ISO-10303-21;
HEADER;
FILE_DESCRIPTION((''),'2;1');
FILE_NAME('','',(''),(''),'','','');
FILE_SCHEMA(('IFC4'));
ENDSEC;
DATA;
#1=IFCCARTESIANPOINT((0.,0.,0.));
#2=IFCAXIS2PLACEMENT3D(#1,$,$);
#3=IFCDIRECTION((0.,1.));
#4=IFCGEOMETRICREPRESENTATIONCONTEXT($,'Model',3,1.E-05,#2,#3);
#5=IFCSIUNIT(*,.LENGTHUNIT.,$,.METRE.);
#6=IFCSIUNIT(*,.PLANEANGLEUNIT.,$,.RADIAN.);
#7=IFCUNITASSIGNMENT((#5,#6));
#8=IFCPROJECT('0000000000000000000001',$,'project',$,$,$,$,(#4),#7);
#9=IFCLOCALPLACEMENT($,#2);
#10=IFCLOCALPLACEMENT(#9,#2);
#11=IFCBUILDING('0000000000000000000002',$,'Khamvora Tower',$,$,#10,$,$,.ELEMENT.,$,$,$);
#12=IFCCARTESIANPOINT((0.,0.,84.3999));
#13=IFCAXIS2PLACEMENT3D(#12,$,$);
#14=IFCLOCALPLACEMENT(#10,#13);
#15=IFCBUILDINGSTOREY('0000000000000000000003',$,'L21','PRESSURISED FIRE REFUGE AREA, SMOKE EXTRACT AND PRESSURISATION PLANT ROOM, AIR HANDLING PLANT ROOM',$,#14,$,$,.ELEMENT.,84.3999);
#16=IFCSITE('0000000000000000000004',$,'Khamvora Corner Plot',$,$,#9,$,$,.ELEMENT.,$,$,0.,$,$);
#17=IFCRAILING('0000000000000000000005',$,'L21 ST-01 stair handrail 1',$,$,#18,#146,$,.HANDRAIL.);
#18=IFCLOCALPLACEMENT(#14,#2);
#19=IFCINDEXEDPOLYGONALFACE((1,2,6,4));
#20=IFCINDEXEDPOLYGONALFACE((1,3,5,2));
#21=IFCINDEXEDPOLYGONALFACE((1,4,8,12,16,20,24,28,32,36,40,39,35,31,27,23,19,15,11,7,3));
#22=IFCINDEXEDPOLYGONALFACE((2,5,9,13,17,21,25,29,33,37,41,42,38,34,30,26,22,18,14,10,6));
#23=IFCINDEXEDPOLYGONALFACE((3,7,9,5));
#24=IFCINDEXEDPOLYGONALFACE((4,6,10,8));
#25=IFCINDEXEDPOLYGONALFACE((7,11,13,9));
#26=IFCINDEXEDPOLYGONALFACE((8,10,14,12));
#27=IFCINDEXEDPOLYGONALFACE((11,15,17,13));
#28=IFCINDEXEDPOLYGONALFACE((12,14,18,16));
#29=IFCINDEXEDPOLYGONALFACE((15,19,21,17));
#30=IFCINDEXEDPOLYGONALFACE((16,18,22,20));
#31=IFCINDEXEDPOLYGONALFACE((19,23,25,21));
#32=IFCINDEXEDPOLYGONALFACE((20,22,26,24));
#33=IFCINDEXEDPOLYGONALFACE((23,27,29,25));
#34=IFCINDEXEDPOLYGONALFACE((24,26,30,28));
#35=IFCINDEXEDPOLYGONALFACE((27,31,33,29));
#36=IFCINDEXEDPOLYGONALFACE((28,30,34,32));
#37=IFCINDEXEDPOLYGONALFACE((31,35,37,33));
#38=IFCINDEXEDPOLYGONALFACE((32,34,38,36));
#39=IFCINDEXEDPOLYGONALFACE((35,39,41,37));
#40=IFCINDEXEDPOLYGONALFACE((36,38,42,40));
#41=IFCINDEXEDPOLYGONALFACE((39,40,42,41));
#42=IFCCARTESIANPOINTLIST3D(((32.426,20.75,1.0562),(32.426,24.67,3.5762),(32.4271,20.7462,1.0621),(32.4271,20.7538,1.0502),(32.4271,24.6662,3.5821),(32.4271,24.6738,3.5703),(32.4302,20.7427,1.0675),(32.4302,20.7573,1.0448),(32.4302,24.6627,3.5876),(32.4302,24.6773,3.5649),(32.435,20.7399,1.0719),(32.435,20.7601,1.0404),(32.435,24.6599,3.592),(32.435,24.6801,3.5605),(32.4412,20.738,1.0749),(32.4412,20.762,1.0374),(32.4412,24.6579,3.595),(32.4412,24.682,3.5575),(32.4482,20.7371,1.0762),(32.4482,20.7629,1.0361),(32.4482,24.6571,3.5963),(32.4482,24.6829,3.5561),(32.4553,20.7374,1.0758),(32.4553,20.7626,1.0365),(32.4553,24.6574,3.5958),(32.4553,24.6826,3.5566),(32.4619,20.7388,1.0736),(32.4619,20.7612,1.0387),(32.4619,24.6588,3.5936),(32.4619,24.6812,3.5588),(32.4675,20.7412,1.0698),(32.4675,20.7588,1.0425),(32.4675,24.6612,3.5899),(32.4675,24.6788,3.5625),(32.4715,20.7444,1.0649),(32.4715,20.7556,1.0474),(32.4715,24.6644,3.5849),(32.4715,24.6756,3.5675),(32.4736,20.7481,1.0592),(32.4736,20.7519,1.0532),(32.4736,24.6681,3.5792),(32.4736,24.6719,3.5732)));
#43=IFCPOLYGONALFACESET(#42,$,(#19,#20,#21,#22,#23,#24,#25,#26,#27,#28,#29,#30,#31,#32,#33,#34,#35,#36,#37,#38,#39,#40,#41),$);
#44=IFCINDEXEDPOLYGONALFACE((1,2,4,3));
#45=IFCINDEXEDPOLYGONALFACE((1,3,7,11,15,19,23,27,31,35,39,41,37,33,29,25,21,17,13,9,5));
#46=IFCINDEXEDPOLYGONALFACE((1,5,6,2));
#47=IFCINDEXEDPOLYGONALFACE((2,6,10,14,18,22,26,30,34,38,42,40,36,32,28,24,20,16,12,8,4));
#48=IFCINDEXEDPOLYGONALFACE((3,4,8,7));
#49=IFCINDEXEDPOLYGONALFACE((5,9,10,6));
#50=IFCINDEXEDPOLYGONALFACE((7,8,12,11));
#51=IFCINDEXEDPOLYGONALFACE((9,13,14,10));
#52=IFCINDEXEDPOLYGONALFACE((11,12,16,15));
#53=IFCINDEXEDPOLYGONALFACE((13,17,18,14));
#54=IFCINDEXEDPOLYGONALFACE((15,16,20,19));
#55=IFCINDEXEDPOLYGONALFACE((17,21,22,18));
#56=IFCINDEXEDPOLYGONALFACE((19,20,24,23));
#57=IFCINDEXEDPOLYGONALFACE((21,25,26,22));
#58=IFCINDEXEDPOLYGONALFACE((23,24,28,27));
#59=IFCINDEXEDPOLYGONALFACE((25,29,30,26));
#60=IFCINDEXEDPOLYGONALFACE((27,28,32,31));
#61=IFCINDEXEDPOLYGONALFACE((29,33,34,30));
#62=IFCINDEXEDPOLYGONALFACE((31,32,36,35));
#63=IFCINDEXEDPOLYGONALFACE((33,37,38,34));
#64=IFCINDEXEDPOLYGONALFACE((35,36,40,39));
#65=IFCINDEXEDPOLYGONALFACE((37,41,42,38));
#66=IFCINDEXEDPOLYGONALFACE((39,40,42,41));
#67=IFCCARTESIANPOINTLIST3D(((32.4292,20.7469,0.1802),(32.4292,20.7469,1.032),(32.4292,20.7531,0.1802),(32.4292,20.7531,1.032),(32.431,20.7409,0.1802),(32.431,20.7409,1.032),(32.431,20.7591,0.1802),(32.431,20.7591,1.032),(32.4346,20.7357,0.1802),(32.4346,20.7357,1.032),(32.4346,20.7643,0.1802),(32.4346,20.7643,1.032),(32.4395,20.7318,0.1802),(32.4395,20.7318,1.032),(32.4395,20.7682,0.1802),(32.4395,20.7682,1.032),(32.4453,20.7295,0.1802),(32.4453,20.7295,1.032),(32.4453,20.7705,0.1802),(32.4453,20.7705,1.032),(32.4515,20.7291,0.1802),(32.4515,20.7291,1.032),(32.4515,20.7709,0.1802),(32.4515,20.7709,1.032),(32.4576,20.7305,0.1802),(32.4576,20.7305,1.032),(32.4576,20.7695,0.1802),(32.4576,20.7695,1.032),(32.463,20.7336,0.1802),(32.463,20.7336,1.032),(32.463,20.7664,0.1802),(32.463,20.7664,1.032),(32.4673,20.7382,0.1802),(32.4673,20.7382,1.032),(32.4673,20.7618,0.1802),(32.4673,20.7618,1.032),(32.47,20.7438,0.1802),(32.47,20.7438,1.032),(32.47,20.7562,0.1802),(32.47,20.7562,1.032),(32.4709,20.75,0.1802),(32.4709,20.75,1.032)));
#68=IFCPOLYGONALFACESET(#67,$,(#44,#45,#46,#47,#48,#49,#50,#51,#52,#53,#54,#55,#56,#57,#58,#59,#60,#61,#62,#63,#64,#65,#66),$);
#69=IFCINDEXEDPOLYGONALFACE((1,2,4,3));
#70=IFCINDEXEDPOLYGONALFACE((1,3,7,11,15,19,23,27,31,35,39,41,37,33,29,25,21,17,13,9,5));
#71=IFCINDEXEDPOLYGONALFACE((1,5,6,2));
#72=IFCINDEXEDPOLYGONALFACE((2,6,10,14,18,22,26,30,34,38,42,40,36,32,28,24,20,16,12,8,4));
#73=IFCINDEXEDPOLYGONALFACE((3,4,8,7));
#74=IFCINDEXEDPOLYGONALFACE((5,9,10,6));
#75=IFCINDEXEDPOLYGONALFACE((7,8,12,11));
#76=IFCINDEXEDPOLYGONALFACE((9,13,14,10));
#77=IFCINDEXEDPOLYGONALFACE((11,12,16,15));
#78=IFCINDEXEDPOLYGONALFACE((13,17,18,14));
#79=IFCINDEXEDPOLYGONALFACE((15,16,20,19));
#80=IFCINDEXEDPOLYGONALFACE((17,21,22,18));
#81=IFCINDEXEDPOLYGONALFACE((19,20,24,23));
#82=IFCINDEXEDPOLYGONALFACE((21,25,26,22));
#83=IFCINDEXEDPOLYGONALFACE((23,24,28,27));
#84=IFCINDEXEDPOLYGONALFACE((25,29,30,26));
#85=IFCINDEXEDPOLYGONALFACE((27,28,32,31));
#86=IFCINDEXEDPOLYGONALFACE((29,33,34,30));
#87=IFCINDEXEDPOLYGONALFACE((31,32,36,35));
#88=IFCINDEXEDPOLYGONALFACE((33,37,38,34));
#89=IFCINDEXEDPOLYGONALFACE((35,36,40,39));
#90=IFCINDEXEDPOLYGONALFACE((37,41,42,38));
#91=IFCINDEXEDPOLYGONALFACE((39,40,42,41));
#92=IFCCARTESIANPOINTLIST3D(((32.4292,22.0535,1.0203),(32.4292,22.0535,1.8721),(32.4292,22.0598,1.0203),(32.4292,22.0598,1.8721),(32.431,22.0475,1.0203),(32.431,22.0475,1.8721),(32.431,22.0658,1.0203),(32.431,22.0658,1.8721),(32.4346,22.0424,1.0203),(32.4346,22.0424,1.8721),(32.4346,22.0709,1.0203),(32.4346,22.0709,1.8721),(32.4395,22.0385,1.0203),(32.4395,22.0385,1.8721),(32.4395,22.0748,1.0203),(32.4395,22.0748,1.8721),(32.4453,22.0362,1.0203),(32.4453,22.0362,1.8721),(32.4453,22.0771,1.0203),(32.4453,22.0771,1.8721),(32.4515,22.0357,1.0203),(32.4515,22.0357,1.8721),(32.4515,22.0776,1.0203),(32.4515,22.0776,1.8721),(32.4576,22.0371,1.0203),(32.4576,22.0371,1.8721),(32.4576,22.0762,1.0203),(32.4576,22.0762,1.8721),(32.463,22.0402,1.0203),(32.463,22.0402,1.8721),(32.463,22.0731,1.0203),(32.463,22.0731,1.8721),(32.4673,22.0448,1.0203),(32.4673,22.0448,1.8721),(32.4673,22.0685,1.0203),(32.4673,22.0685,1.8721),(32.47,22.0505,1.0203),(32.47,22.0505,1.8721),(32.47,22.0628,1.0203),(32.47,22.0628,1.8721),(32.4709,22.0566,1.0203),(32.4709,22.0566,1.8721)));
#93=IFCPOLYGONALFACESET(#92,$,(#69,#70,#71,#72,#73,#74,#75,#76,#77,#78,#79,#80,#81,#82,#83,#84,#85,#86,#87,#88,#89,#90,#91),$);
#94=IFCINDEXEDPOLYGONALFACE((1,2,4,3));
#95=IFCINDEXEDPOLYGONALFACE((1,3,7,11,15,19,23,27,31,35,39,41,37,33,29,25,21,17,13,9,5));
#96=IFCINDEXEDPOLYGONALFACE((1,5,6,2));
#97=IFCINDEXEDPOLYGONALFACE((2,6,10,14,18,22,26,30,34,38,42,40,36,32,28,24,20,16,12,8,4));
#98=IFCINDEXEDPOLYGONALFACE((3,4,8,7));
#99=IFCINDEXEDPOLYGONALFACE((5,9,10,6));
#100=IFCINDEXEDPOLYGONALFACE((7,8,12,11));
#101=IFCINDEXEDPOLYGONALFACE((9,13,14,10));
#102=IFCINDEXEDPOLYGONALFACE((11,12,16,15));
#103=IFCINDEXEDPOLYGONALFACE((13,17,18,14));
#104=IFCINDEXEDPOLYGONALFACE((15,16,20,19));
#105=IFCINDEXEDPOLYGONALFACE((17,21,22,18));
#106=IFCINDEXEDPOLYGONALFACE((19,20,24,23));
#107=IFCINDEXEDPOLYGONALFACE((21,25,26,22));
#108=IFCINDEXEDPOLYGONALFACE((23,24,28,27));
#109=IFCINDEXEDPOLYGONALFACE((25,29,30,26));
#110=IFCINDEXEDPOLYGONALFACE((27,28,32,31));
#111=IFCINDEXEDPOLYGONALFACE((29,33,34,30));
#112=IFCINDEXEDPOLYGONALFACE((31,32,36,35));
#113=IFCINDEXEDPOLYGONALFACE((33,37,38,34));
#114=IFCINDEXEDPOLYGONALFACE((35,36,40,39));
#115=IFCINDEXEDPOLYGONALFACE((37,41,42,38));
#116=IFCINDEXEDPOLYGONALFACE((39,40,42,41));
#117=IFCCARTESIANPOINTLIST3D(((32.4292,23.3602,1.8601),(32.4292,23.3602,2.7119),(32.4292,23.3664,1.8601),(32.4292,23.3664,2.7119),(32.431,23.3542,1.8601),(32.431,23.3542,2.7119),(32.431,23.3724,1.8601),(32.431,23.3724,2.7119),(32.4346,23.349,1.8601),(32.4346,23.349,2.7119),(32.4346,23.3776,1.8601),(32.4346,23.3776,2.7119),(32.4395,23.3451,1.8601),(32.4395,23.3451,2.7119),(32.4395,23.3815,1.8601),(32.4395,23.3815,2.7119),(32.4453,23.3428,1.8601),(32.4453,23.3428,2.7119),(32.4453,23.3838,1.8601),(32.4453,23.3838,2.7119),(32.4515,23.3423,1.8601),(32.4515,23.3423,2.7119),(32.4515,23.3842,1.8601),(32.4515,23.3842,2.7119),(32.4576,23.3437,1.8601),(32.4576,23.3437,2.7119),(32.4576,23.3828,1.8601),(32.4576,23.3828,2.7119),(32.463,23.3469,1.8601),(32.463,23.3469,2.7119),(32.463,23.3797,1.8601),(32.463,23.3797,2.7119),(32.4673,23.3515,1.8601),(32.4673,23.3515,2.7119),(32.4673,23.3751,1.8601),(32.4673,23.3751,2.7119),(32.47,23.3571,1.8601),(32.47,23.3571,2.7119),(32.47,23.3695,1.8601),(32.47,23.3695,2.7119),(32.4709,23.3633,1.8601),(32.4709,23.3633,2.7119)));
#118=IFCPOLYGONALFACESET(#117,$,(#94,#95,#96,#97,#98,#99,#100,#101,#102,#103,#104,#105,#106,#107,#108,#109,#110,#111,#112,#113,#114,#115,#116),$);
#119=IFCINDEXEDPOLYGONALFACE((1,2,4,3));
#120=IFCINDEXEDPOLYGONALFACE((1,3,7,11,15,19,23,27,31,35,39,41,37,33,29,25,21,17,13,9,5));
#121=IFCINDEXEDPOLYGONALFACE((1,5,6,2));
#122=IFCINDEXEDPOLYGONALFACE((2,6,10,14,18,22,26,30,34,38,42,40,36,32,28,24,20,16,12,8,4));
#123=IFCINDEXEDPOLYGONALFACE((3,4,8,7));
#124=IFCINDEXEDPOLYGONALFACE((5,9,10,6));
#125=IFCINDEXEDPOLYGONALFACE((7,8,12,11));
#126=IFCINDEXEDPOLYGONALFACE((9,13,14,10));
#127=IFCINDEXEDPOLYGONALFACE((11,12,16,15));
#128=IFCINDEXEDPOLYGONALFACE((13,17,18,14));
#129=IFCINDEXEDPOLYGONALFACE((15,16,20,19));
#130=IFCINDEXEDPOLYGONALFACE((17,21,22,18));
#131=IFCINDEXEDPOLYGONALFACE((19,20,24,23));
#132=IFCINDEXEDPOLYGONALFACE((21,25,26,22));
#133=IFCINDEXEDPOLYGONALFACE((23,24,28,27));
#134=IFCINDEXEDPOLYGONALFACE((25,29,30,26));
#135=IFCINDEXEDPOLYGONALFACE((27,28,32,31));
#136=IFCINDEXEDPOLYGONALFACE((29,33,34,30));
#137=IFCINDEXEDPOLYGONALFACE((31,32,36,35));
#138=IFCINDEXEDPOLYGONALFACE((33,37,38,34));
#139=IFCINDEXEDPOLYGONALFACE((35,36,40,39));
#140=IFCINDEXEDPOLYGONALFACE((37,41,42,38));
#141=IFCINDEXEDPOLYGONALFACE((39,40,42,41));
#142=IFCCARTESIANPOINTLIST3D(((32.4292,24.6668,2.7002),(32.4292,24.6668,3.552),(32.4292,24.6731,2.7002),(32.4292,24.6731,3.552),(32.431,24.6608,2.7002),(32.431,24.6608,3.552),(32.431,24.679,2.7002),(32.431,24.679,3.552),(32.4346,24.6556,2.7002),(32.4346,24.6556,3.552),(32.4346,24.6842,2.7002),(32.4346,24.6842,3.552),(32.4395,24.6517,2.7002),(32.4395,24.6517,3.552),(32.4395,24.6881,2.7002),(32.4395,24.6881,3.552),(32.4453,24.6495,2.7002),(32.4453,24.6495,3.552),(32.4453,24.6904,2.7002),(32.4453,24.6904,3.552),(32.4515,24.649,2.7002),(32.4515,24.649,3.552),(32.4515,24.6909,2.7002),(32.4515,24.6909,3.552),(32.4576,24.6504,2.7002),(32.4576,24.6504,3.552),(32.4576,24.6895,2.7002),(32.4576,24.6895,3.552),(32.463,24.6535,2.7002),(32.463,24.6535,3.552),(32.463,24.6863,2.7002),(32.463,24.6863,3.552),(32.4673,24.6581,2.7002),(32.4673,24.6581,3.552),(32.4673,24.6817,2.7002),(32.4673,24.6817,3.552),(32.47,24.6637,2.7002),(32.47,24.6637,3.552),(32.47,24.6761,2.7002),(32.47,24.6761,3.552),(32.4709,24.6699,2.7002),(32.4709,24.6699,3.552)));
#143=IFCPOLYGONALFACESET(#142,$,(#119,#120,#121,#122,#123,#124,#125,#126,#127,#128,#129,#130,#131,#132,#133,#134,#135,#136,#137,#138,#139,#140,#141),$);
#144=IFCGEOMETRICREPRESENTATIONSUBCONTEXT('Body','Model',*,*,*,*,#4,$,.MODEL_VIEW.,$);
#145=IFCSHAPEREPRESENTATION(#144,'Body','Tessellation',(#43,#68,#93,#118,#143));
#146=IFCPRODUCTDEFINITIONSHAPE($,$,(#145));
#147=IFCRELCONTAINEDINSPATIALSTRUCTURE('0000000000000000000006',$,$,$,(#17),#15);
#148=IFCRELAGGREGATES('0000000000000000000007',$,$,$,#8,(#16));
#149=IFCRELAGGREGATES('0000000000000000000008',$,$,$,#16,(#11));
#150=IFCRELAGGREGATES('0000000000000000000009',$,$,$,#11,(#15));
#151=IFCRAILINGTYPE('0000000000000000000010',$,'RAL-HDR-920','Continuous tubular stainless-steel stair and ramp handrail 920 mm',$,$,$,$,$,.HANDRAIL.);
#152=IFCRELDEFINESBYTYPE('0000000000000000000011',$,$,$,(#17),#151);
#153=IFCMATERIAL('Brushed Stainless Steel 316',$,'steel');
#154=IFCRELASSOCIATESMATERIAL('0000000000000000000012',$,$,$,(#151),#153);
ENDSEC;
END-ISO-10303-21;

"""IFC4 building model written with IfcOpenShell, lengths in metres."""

from ifc_helpers import new_model, si_unit, direction, frame, origin, origin_2d, place, context, subcontext, project, spatial, circle, extrude, material, type_object, element, save


model = new_model("IFC4")

# Units and contexts
model_context = context("Model", 3, precision=1e-05, world=origin(), true_north=direction((0.0, 1.0)))
body_context = subcontext(model_context, "Body", "Model", "MODEL_VIEW")
ifc_project = project(units=[si_unit("LENGTHUNIT", "METRE"), si_unit("PLANEANGLEUNIT", "RADIAN")], contexts=[model_context])

# Site, building, storey
site_placement = place(None, origin())
site = spatial("IfcSite", under=ifc_project, at=site_placement, Name="Khamvora Corner Plot", CompositionType="ELEMENT", RefElevation=0.0)
building_placement = place(site_placement, origin())
building = spatial("IfcBuilding", under=site, at=building_placement, Name="Khamvora Tower", CompositionType="ELEMENT")
storey_placement = place(building_placement, frame((0.0, 0.0, 84.3999)))
storey = spatial("IfcBuildingStorey", under=building, at=storey_placement, Name="L21", Description="PRESSURISED FIRE REFUGE AREA, SMOKE EXTRACT AND PRESSURISATION PLANT ROOM, AIR HANDLING PLANT ROOM", CompositionType="ELEMENT", Elevation=84.3999)

# Railing
ifc_material_1 = material(Name="Brushed Stainless Steel 316", Category="steel")
railing_type_1 = type_object("IfcRailingType", Name="RAL-HDR-920", Description="Continuous tubular stainless-steel stair and ramp handrail 920 mm", PredefinedType="HANDRAIL", material=ifc_material_1)
railing_1_placement = place(storey_placement, frame((32.45, 20.75, 0.1802)))
element("IfcRailing", 1, at=railing_1_placement, inside=storey, type_object=railing_type_1, Name="L21 ST-01 stair handrail 1", PredefinedType="HANDRAIL", context=body_context, shape_type="SweptSolid", body=[
    extrude(circle(Radius=0.0239, at=origin_2d()), frame((0.0, 0.0, 0.876), z_axis=(0.0, 0.841172, 0.540768), x_axis=(-1.0, 0.0, 0.0)), (0.0, 0.0, 1.0), 4.6602),
    extrude(circle(Radius=0.021, at=origin_2d()), origin(), (0.0, 0.0, 1.0), 0.8518),
    extrude(circle(Radius=0.021, at=origin_2d()), frame((0.0, 1.3066, 0.8401)), (0.0, 0.0, 1.0), 0.8518),
    extrude(circle(Radius=0.021, at=origin_2d()), frame((0.0, 2.6133, 1.6799)), (0.0, 0.0, 1.0), 0.8518),
    extrude(circle(Radius=0.021, at=origin_2d()), frame((0.0, 3.9199, 2.52)), (0.0, 0.0, 1.0), 0.8518),
])

save(model, "model.ifc")
